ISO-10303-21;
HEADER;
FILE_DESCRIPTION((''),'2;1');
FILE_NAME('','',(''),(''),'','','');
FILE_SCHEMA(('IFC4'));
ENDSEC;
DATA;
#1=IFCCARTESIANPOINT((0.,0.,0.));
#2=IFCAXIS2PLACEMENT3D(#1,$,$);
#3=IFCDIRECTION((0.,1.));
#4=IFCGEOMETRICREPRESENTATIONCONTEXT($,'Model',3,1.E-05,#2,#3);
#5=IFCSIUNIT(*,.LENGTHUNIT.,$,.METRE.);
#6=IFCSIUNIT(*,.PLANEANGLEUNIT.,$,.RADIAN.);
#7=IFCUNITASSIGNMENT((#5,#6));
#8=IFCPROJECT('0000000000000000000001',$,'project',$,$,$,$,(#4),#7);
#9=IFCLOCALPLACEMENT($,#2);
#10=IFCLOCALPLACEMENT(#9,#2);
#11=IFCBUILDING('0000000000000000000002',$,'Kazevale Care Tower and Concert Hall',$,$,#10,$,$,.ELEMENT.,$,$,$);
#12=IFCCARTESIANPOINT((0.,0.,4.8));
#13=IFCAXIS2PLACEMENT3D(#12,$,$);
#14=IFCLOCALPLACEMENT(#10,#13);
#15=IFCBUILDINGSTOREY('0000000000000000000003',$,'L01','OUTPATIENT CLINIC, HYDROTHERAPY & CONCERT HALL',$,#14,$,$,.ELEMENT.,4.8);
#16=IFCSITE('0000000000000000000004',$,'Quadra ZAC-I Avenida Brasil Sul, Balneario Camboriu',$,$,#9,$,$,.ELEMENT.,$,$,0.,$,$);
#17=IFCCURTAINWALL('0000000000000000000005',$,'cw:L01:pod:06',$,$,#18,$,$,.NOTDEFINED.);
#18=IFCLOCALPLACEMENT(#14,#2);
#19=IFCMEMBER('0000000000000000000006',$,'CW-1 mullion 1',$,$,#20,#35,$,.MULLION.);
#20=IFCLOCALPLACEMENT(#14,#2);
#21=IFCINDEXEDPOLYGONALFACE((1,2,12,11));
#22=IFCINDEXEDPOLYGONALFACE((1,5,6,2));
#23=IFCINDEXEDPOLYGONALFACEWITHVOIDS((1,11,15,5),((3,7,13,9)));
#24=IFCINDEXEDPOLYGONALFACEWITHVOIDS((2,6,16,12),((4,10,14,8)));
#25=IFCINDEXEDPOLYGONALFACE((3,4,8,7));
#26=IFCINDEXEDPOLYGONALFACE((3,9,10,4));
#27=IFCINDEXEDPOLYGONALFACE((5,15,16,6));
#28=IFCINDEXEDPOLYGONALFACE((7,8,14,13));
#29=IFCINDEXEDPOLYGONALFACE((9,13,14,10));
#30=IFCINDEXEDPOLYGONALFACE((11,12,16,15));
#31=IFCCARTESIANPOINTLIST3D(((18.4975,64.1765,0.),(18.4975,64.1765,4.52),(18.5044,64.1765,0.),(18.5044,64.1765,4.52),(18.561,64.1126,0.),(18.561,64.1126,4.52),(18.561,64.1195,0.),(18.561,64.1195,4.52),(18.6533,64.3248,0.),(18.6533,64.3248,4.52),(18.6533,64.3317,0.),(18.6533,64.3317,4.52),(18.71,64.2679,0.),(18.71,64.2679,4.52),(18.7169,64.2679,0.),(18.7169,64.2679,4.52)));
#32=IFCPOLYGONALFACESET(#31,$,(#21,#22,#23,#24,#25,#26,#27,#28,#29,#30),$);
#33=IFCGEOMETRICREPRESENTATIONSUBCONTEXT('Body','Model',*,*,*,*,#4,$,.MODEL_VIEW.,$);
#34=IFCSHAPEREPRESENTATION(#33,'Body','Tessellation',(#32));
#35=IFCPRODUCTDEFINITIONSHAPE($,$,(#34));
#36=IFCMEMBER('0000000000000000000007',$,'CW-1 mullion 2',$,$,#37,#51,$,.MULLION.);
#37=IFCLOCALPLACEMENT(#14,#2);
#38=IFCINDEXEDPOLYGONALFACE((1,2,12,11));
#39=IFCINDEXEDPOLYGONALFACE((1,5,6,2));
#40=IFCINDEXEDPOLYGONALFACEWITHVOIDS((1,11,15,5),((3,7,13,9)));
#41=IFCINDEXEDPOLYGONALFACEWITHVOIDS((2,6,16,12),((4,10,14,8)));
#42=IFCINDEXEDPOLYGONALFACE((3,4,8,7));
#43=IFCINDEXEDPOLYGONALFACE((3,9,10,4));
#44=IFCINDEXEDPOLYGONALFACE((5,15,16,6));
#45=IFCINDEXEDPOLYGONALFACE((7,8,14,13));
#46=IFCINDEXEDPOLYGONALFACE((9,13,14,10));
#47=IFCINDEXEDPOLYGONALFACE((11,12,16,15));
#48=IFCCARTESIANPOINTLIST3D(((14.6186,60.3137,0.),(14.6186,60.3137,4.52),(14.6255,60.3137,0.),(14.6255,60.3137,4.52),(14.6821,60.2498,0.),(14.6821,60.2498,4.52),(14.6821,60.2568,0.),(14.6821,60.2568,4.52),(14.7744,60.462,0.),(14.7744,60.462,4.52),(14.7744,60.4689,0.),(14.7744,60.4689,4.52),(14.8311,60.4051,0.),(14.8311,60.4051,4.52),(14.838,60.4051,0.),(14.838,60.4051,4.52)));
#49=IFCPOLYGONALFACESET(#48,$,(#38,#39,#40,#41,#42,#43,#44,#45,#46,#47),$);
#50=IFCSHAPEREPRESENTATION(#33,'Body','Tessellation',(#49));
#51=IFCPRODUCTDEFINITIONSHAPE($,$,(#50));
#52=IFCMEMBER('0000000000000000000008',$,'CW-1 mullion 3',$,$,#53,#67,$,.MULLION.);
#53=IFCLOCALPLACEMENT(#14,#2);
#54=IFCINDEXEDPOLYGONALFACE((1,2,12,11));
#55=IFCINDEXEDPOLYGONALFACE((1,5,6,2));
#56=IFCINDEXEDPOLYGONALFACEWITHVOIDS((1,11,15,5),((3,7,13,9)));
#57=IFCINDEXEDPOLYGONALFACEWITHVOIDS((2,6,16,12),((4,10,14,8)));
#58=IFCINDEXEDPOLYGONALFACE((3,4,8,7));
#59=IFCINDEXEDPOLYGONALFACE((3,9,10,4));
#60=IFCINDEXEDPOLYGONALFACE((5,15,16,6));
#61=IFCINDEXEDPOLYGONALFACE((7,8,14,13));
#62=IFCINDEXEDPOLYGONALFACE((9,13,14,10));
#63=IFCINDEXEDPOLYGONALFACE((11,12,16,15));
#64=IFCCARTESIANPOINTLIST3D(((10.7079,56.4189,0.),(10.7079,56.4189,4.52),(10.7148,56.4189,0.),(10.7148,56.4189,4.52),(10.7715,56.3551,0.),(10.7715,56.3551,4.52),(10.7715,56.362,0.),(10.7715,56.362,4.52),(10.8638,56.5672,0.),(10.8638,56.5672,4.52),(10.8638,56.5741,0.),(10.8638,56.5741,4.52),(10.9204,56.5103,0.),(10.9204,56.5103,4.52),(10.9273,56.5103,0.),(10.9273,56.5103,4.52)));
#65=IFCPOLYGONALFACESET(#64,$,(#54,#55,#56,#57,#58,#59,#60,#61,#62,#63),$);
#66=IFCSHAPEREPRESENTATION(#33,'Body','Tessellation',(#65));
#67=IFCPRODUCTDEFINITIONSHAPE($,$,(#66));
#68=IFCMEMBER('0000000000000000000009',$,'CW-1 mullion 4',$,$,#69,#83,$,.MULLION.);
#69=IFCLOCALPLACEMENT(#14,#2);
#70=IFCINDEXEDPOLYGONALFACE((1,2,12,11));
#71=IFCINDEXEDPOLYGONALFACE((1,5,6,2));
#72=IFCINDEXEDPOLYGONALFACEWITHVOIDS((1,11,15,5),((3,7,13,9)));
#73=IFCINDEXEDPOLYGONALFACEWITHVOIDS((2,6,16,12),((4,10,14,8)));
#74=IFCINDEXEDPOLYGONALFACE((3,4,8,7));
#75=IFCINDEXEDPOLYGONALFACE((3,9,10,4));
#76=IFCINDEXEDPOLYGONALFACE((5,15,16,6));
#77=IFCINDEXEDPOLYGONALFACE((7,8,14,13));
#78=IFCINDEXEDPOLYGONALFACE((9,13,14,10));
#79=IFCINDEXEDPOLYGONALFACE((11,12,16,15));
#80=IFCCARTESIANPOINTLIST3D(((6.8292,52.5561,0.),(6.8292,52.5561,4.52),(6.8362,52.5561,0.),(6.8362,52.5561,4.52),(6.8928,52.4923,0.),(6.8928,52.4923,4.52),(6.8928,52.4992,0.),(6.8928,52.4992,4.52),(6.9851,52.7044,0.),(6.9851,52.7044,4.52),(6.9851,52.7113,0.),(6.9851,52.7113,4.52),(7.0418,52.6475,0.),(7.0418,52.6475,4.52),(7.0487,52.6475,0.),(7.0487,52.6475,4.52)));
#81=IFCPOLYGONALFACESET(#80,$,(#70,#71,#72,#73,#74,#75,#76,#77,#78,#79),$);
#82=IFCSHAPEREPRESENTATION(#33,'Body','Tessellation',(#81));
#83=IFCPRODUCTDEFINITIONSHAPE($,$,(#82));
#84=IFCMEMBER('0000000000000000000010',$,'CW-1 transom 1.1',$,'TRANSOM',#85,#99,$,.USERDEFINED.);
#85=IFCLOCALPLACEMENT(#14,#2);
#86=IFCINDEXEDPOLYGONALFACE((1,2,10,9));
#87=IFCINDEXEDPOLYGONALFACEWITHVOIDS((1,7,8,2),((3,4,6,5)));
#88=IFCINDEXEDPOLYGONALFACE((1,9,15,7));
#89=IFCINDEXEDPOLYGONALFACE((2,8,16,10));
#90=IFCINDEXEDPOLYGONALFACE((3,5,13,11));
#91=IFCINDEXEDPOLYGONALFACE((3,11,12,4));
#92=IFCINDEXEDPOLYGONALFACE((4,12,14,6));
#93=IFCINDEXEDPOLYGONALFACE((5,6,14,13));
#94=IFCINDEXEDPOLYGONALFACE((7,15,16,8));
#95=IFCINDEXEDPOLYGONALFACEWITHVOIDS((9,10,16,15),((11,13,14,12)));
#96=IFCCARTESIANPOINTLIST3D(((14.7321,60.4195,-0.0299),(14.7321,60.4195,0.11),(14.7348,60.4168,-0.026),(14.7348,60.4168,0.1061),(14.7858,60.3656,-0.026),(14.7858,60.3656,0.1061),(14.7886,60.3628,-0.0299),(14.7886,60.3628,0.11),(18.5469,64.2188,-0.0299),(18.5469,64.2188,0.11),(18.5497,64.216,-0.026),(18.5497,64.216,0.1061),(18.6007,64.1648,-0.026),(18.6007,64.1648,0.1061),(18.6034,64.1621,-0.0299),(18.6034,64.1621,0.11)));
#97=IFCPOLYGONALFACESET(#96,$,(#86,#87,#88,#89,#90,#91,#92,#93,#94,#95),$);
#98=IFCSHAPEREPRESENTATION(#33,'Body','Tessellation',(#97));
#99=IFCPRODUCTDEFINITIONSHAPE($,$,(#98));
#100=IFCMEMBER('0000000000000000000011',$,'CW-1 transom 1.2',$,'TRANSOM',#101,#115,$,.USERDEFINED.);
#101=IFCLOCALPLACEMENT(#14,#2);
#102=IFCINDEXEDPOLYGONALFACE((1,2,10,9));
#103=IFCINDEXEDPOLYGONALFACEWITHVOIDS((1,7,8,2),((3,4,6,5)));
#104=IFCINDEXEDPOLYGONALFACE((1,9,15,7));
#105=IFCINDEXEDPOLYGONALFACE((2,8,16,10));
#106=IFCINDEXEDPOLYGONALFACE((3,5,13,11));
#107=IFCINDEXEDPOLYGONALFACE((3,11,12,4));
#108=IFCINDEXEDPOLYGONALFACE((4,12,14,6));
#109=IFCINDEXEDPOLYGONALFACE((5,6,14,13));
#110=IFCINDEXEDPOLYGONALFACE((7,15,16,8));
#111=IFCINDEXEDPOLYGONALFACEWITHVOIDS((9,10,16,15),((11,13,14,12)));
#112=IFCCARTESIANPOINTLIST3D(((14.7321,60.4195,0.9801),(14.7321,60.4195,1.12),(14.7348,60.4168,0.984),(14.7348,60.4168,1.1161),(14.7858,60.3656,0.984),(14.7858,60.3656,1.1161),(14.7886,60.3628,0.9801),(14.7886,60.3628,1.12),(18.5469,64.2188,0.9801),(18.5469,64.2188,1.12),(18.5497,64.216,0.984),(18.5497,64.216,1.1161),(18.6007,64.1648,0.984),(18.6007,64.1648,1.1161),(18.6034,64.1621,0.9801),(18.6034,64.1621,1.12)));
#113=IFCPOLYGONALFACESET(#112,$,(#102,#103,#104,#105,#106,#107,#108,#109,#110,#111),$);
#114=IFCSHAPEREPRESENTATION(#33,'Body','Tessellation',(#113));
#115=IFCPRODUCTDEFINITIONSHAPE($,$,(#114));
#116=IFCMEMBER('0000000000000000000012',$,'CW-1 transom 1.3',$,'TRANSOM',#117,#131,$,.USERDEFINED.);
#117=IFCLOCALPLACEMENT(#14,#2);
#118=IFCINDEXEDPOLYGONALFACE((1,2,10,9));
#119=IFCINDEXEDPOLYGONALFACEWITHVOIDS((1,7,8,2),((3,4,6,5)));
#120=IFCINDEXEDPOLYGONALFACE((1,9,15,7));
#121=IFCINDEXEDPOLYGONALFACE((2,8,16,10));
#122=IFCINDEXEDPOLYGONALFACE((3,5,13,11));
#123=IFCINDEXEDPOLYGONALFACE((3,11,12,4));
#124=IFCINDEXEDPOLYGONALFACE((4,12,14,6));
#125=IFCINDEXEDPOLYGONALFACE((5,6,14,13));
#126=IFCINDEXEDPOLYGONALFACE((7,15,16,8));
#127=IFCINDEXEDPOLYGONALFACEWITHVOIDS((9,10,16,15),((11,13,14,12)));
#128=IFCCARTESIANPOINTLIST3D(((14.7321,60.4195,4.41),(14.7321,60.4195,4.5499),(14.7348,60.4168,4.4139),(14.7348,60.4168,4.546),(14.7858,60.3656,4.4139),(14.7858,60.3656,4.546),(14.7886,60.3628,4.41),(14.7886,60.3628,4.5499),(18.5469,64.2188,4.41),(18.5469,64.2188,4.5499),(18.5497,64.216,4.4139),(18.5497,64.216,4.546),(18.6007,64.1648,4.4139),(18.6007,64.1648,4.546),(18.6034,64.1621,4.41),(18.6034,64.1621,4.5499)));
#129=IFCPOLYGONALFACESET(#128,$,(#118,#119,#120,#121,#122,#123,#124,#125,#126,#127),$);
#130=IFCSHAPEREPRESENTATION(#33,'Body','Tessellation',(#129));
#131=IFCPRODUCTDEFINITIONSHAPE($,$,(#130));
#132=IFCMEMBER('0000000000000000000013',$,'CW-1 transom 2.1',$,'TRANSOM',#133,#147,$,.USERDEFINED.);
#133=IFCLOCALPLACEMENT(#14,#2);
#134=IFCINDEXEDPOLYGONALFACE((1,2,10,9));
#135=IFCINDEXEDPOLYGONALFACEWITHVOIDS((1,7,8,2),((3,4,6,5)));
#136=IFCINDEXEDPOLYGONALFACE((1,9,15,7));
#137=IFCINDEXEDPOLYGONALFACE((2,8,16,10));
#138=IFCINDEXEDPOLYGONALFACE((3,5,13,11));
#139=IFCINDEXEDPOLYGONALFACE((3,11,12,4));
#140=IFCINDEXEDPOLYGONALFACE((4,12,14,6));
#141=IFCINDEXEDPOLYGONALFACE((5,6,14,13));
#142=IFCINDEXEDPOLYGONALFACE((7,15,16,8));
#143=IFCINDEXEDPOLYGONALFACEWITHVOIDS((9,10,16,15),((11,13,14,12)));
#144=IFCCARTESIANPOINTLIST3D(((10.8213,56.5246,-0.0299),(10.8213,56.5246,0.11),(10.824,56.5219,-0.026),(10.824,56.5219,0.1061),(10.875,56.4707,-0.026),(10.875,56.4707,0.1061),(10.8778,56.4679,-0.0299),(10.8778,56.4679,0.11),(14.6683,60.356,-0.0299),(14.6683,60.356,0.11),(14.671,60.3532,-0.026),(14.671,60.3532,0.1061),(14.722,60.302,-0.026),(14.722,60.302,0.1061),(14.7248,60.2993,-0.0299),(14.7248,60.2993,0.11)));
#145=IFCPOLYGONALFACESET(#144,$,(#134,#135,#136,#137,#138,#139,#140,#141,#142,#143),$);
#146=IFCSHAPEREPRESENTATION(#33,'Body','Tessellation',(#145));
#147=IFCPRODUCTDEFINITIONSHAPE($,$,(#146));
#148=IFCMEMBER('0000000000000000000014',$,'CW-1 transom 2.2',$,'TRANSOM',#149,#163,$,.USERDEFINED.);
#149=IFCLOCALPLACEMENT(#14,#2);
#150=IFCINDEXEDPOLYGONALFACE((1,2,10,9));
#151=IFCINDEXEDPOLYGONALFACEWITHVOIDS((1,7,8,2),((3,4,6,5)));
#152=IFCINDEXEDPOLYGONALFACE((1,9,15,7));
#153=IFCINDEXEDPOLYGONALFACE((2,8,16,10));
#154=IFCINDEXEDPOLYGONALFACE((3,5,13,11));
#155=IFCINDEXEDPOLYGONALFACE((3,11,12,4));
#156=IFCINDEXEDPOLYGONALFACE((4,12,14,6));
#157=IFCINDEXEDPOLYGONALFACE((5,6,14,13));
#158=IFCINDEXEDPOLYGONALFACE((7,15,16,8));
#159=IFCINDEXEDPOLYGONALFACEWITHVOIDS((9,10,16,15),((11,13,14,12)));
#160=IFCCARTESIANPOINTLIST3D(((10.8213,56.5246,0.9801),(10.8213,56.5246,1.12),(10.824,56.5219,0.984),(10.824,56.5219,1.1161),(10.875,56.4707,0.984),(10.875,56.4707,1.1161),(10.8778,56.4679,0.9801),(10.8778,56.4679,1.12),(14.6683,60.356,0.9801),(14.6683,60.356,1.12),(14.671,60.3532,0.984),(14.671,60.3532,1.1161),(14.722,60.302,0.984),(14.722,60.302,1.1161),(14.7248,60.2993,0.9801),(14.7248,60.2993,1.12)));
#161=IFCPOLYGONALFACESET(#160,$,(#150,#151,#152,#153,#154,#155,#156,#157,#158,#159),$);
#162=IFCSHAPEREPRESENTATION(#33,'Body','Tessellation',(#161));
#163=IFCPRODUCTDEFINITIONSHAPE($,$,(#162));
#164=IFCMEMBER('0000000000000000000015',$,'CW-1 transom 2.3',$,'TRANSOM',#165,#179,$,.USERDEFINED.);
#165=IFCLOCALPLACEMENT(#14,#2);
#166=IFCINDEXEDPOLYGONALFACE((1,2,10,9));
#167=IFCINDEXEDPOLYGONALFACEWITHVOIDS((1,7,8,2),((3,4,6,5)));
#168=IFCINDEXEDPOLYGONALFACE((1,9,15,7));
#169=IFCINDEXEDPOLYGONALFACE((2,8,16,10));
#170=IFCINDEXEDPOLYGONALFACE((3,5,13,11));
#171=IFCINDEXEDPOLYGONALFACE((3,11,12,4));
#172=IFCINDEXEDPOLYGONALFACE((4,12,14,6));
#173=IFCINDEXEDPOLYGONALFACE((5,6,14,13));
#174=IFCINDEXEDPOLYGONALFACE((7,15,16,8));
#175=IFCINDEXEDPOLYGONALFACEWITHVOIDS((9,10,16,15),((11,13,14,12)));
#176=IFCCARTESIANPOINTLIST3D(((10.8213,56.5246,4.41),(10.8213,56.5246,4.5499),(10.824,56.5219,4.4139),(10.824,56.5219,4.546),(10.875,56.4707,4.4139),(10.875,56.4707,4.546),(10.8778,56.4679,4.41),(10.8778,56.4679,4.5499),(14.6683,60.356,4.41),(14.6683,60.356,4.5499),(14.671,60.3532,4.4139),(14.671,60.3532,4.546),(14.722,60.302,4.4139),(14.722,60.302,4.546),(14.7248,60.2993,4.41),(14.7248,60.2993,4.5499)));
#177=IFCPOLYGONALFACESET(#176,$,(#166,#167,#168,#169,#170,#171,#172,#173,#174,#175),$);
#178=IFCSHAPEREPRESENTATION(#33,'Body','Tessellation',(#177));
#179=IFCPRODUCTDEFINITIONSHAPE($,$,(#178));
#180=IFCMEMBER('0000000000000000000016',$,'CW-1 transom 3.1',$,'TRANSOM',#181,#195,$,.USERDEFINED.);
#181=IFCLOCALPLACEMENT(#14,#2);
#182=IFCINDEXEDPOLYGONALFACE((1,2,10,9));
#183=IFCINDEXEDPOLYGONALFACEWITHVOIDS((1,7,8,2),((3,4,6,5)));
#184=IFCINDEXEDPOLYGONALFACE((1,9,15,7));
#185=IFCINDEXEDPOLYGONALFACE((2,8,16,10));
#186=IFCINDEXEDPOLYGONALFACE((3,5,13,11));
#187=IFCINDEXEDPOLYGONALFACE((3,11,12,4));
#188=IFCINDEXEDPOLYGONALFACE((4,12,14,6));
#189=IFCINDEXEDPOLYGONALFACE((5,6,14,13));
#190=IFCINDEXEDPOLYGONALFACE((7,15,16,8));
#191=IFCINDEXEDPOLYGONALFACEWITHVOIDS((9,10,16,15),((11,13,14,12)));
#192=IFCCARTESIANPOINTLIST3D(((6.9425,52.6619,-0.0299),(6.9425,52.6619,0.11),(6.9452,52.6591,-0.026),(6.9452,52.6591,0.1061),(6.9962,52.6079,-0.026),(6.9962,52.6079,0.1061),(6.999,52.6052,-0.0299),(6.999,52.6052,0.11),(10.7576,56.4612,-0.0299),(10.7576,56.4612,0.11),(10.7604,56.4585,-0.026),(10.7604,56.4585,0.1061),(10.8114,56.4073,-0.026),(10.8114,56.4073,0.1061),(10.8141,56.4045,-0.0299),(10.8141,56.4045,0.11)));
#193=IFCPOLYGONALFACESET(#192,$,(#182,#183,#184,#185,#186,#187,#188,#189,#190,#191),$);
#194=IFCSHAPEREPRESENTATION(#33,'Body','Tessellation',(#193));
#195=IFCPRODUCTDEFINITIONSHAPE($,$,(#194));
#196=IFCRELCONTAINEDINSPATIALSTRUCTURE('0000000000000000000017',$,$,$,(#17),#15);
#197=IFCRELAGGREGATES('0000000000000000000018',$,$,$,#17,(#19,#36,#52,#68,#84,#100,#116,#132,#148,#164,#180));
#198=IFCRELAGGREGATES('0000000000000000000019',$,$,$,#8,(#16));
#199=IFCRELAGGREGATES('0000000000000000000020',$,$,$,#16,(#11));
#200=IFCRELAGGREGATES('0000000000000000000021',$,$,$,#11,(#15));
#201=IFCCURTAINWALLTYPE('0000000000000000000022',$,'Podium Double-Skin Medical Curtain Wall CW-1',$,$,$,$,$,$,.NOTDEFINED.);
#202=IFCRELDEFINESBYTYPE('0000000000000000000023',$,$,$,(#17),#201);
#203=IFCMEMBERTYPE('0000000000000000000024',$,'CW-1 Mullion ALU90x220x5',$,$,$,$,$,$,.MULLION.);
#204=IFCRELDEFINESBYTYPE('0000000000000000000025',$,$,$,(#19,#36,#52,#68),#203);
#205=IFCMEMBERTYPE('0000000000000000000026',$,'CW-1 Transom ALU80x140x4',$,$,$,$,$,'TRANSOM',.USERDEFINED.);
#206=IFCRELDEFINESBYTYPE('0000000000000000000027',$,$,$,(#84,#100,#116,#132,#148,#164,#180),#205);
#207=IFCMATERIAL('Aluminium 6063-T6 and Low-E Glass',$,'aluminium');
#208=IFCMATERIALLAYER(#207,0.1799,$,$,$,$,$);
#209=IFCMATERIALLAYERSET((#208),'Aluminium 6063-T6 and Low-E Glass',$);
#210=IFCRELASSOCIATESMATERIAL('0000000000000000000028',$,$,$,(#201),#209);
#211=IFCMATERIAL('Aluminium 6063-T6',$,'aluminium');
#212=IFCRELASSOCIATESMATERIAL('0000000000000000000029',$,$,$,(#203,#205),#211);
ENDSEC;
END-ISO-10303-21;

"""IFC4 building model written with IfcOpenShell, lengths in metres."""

from ifc_helpers import new_model, si_unit, direction, frame, origin, origin_2d, place, context, subcontext, project, spatial, hollow_rectangle, extrude, material, layer, layer_set, material_profile, profile_set, type_object, element, aggregate, save


model = new_model("IFC4")

# Units and contexts
model_context = context("Model", 3, precision=1e-05, world=origin(), true_north=direction((0.0, 1.0)))
body_context = subcontext(model_context, "Body", "Model", "MODEL_VIEW")
ifc_project = project(units=[si_unit("LENGTHUNIT", "METRE"), si_unit("PLANEANGLEUNIT", "RADIAN")], contexts=[model_context])

# Site, building, storey
site_placement = place(None, origin())
site = spatial("IfcSite", under=ifc_project, at=site_placement, Name="Quadra ZAC-I Avenida Brasil Sul, Balneario Camboriu", CompositionType="ELEMENT", RefElevation=0.0)
building_placement = place(site_placement, origin())
building = spatial("IfcBuilding", under=site, at=building_placement, Name="Kazevale Care Tower and Concert Hall", CompositionType="ELEMENT")
storey_placement = place(building_placement, frame((0.0, 0.0, 4.8)))
storey = spatial("IfcBuildingStorey", under=building, at=storey_placement, Name="L01", Description="OUTPATIENT CLINIC, HYDROTHERAPY & CONCERT HALL", CompositionType="ELEMENT", Elevation=4.8)

# Curtain wall, members
ifc_material_1 = material(Name="Aluminium 6063-T6 and Low-E Glass", Category="aluminium")
ifc_layer_1 = layer(ifc_material_1, 0.1799)
ifc_layer_set_1 = layer_set([ifc_layer_1], Name="Aluminium 6063-T6 and Low-E Glass")
curtain_wall_type = type_object("IfcCurtainWallType", Name="Podium Double-Skin Medical Curtain Wall CW-1", PredefinedType="NOTDEFINED", material=ifc_layer_set_1)
curtain_wall_placement = place(storey_placement, origin())
curtain_wall = element("IfcCurtainWall", 1, at=curtain_wall_placement, inside=storey, type_object=curtain_wall_type, Name="cw:L01:pod:06", PredefinedType="NOTDEFINED")
ifc_material_2 = material(Name="Aluminium 6063-T6", Category="aluminium")
ifc_material_profile_1 = material_profile(ifc_material_2, hollow_rectangle(XDim=0.0901, YDim=0.22, WallThickness=0.0049, at=origin_2d()), Name="ALU90x220x5")
ifc_profile_set_1 = profile_set([ifc_material_profile_1], Name="Aluminium 6063-T6")
member_type_1 = type_object("IfcMemberType", Name="CW-1 Mullion ALU90x220x5", PredefinedType="MULLION", material=ifc_profile_set_1)
member_1_placement = place(storey_placement, frame((18.6072, 64.2222, 0.0), z_axis=(0.0, 0.0, 1.0), x_axis=(0.705656, -0.708555, 0.0)))
member_1 = element("IfcMember", 2, at=member_1_placement, type_object=member_type_1, Name="CW-1 mullion 1", PredefinedType="MULLION", context=body_context, shape_type="SweptSolid", body=[
    extrude(hollow_rectangle(XDim=0.0901, YDim=0.22, WallThickness=0.0049, at=origin_2d()), origin(), (0.0, 0.0, 1.0), 4.52),
])
member_2_placement = place(storey_placement, frame((14.7283, 60.3594, 0.0), z_axis=(0.0, 0.0, 1.0), x_axis=(0.705656, -0.708555, 0.0)))
member_2 = element("IfcMember", 3, at=member_2_placement, type_object=member_type_1, Name="CW-1 mullion 2", PredefinedType="MULLION", context=body_context, shape_type="SweptSolid", body=[
    extrude(hollow_rectangle(XDim=0.0901, YDim=0.22, WallThickness=0.0049, at=origin_2d()), origin(), (0.0, 0.0, 1.0), 4.52),
])
member_3_placement = place(storey_placement, frame((10.8176, 56.4646, 0.0), z_axis=(0.0, 0.0, 1.0), x_axis=(0.705656, -0.708555, 0.0)))
member_3 = element("IfcMember", 4, at=member_3_placement, type_object=member_type_1, Name="CW-1 mullion 3", PredefinedType="MULLION", context=body_context, shape_type="SweptSolid", body=[
    extrude(hollow_rectangle(XDim=0.0901, YDim=0.22, WallThickness=0.0049, at=origin_2d()), origin(), (0.0, 0.0, 1.0), 4.52),
])
member_4_placement = place(storey_placement, frame((6.939, 52.6018, 0.0), z_axis=(0.0, 0.0, 1.0), x_axis=(0.705656, -0.708555, 0.0)))
member_4 = element("IfcMember", 5, at=member_4_placement, type_object=member_type_1, Name="CW-1 mullion 4", PredefinedType="MULLION", context=body_context, shape_type="SweptSolid", body=[
    extrude(hollow_rectangle(XDim=0.0901, YDim=0.22, WallThickness=0.0049, at=origin_2d()), origin(), (0.0, 0.0, 1.0), 4.52),
])
ifc_material_profile_2 = material_profile(ifc_material_2, hollow_rectangle(XDim=0.0801, YDim=0.1399, WallThickness=0.0039, at=origin_2d()), Name="ALU80x140x4")
ifc_profile_set_2 = profile_set([ifc_material_profile_2], Name="Aluminium 6063-T6")
member_type_2 = type_object("IfcMemberType", Name="CW-1 Transom ALU80x140x4", ElementType="TRANSOM", PredefinedType="USERDEFINED", material=ifc_profile_set_2)
member_5_placement = place(storey_placement, frame((18.5752, 64.1904, 0.04), z_axis=(-0.708556, -0.705654, 0.0), x_axis=(0.705654, -0.708556, 0.0)))
member_5 = element("IfcMember", 6, at=member_5_placement, type_object=member_type_2, Name="CW-1 transom 1.1", ObjectType="TRANSOM", PredefinedType="USERDEFINED", context=body_context, shape_type="SweptSolid", body=[
    extrude(hollow_rectangle(XDim=0.0801, YDim=0.1399, WallThickness=0.0039, at=origin_2d()), origin(), (0.0, 0.0, 1.0), 5.384),
])
member_6_placement = place(storey_placement, frame((18.5752, 64.1904, 1.05), z_axis=(-0.708556, -0.705654, 0.0), x_axis=(0.705654, -0.708556, 0.0)))
member_6 = element("IfcMember", 7, at=member_6_placement, type_object=member_type_2, Name="CW-1 transom 1.2", ObjectType="TRANSOM", PredefinedType="USERDEFINED", context=body_context, shape_type="SweptSolid", body=[
    extrude(hollow_rectangle(XDim=0.0801, YDim=0.1399, WallThickness=0.0039, at=origin_2d()), origin(), (0.0, 0.0, 1.0), 5.384),
])
member_7_placement = place(storey_placement, frame((18.5752, 64.1904, 4.48), z_axis=(-0.708556, -0.705654, 0.0), x_axis=(0.705654, -0.708556, 0.0)))
member_7 = element("IfcMember", 8, at=member_7_placement, type_object=member_type_2, Name="CW-1 transom 1.3", ObjectType="TRANSOM", PredefinedType="USERDEFINED", context=body_context, shape_type="SweptSolid", body=[
    extrude(hollow_rectangle(XDim=0.0801, YDim=0.1399, WallThickness=0.0039, at=origin_2d()), origin(), (0.0, 0.0, 1.0), 5.384),
])
member_8_placement = place(storey_placement, frame((14.6965, 60.3276, 0.04), z_axis=(-0.708544, -0.705666, 0.0), x_axis=(0.705666, -0.708544, 0.0)))
member_8 = element("IfcMember", 9, at=member_8_placement, type_object=member_type_2, Name="CW-1 transom 2.1", ObjectType="TRANSOM", PredefinedType="USERDEFINED", context=body_context, shape_type="SweptSolid", body=[
    extrude(hollow_rectangle(XDim=0.0801, YDim=0.1399, WallThickness=0.0039, at=origin_2d()), origin(), (0.0, 0.0, 1.0), 5.4294),
])
member_9_placement = place(storey_placement, frame((14.6965, 60.3276, 1.05), z_axis=(-0.708544, -0.705666, 0.0), x_axis=(0.705666, -0.708544, 0.0)))
member_9 = element("IfcMember", 10, at=member_9_placement, type_object=member_type_2, Name="CW-1 transom 2.2", ObjectType="TRANSOM", PredefinedType="USERDEFINED", context=body_context, shape_type="SweptSolid", body=[
    extrude(hollow_rectangle(XDim=0.0801, YDim=0.1399, WallThickness=0.0039, at=origin_2d()), origin(), (0.0, 0.0, 1.0), 5.4294),
])
member_10_placement = place(storey_placement, frame((14.6965, 60.3276, 4.48), z_axis=(-0.708544, -0.705666, 0.0), x_axis=(0.705666, -0.708544, 0.0)))
member_10 = element("IfcMember", 11, at=member_10_placement, type_object=member_type_2, Name="CW-1 transom 2.3", ObjectType="TRANSOM", PredefinedType="USERDEFINED", context=body_context, shape_type="SweptSolid", body=[
    extrude(hollow_rectangle(XDim=0.0801, YDim=0.1399, WallThickness=0.0039, at=origin_2d()), origin(), (0.0, 0.0, 1.0), 5.4294),
])
member_11_placement = place(storey_placement, frame((10.7859, 56.4329, 0.04), z_axis=(-0.708579, -0.705632, 0.0), x_axis=(0.705632, -0.708579, 0.0)))
member_11 = element("IfcMember", 12, at=member_11_placement, type_object=member_type_2, Name="CW-1 transom 3.1", ObjectType="TRANSOM", PredefinedType="USERDEFINED", context=body_context, shape_type="SweptSolid", body=[
    extrude(hollow_rectangle(XDim=0.0801, YDim=0.1399, WallThickness=0.0039, at=origin_2d()), origin(), (0.0, 0.0, 1.0), 5.3843),
])

aggregate(curtain_wall, [member_1, member_2, member_3, member_4, member_5, member_6, member_7, member_8, member_9, member_10, member_11])

save(model, "model.ifc")
